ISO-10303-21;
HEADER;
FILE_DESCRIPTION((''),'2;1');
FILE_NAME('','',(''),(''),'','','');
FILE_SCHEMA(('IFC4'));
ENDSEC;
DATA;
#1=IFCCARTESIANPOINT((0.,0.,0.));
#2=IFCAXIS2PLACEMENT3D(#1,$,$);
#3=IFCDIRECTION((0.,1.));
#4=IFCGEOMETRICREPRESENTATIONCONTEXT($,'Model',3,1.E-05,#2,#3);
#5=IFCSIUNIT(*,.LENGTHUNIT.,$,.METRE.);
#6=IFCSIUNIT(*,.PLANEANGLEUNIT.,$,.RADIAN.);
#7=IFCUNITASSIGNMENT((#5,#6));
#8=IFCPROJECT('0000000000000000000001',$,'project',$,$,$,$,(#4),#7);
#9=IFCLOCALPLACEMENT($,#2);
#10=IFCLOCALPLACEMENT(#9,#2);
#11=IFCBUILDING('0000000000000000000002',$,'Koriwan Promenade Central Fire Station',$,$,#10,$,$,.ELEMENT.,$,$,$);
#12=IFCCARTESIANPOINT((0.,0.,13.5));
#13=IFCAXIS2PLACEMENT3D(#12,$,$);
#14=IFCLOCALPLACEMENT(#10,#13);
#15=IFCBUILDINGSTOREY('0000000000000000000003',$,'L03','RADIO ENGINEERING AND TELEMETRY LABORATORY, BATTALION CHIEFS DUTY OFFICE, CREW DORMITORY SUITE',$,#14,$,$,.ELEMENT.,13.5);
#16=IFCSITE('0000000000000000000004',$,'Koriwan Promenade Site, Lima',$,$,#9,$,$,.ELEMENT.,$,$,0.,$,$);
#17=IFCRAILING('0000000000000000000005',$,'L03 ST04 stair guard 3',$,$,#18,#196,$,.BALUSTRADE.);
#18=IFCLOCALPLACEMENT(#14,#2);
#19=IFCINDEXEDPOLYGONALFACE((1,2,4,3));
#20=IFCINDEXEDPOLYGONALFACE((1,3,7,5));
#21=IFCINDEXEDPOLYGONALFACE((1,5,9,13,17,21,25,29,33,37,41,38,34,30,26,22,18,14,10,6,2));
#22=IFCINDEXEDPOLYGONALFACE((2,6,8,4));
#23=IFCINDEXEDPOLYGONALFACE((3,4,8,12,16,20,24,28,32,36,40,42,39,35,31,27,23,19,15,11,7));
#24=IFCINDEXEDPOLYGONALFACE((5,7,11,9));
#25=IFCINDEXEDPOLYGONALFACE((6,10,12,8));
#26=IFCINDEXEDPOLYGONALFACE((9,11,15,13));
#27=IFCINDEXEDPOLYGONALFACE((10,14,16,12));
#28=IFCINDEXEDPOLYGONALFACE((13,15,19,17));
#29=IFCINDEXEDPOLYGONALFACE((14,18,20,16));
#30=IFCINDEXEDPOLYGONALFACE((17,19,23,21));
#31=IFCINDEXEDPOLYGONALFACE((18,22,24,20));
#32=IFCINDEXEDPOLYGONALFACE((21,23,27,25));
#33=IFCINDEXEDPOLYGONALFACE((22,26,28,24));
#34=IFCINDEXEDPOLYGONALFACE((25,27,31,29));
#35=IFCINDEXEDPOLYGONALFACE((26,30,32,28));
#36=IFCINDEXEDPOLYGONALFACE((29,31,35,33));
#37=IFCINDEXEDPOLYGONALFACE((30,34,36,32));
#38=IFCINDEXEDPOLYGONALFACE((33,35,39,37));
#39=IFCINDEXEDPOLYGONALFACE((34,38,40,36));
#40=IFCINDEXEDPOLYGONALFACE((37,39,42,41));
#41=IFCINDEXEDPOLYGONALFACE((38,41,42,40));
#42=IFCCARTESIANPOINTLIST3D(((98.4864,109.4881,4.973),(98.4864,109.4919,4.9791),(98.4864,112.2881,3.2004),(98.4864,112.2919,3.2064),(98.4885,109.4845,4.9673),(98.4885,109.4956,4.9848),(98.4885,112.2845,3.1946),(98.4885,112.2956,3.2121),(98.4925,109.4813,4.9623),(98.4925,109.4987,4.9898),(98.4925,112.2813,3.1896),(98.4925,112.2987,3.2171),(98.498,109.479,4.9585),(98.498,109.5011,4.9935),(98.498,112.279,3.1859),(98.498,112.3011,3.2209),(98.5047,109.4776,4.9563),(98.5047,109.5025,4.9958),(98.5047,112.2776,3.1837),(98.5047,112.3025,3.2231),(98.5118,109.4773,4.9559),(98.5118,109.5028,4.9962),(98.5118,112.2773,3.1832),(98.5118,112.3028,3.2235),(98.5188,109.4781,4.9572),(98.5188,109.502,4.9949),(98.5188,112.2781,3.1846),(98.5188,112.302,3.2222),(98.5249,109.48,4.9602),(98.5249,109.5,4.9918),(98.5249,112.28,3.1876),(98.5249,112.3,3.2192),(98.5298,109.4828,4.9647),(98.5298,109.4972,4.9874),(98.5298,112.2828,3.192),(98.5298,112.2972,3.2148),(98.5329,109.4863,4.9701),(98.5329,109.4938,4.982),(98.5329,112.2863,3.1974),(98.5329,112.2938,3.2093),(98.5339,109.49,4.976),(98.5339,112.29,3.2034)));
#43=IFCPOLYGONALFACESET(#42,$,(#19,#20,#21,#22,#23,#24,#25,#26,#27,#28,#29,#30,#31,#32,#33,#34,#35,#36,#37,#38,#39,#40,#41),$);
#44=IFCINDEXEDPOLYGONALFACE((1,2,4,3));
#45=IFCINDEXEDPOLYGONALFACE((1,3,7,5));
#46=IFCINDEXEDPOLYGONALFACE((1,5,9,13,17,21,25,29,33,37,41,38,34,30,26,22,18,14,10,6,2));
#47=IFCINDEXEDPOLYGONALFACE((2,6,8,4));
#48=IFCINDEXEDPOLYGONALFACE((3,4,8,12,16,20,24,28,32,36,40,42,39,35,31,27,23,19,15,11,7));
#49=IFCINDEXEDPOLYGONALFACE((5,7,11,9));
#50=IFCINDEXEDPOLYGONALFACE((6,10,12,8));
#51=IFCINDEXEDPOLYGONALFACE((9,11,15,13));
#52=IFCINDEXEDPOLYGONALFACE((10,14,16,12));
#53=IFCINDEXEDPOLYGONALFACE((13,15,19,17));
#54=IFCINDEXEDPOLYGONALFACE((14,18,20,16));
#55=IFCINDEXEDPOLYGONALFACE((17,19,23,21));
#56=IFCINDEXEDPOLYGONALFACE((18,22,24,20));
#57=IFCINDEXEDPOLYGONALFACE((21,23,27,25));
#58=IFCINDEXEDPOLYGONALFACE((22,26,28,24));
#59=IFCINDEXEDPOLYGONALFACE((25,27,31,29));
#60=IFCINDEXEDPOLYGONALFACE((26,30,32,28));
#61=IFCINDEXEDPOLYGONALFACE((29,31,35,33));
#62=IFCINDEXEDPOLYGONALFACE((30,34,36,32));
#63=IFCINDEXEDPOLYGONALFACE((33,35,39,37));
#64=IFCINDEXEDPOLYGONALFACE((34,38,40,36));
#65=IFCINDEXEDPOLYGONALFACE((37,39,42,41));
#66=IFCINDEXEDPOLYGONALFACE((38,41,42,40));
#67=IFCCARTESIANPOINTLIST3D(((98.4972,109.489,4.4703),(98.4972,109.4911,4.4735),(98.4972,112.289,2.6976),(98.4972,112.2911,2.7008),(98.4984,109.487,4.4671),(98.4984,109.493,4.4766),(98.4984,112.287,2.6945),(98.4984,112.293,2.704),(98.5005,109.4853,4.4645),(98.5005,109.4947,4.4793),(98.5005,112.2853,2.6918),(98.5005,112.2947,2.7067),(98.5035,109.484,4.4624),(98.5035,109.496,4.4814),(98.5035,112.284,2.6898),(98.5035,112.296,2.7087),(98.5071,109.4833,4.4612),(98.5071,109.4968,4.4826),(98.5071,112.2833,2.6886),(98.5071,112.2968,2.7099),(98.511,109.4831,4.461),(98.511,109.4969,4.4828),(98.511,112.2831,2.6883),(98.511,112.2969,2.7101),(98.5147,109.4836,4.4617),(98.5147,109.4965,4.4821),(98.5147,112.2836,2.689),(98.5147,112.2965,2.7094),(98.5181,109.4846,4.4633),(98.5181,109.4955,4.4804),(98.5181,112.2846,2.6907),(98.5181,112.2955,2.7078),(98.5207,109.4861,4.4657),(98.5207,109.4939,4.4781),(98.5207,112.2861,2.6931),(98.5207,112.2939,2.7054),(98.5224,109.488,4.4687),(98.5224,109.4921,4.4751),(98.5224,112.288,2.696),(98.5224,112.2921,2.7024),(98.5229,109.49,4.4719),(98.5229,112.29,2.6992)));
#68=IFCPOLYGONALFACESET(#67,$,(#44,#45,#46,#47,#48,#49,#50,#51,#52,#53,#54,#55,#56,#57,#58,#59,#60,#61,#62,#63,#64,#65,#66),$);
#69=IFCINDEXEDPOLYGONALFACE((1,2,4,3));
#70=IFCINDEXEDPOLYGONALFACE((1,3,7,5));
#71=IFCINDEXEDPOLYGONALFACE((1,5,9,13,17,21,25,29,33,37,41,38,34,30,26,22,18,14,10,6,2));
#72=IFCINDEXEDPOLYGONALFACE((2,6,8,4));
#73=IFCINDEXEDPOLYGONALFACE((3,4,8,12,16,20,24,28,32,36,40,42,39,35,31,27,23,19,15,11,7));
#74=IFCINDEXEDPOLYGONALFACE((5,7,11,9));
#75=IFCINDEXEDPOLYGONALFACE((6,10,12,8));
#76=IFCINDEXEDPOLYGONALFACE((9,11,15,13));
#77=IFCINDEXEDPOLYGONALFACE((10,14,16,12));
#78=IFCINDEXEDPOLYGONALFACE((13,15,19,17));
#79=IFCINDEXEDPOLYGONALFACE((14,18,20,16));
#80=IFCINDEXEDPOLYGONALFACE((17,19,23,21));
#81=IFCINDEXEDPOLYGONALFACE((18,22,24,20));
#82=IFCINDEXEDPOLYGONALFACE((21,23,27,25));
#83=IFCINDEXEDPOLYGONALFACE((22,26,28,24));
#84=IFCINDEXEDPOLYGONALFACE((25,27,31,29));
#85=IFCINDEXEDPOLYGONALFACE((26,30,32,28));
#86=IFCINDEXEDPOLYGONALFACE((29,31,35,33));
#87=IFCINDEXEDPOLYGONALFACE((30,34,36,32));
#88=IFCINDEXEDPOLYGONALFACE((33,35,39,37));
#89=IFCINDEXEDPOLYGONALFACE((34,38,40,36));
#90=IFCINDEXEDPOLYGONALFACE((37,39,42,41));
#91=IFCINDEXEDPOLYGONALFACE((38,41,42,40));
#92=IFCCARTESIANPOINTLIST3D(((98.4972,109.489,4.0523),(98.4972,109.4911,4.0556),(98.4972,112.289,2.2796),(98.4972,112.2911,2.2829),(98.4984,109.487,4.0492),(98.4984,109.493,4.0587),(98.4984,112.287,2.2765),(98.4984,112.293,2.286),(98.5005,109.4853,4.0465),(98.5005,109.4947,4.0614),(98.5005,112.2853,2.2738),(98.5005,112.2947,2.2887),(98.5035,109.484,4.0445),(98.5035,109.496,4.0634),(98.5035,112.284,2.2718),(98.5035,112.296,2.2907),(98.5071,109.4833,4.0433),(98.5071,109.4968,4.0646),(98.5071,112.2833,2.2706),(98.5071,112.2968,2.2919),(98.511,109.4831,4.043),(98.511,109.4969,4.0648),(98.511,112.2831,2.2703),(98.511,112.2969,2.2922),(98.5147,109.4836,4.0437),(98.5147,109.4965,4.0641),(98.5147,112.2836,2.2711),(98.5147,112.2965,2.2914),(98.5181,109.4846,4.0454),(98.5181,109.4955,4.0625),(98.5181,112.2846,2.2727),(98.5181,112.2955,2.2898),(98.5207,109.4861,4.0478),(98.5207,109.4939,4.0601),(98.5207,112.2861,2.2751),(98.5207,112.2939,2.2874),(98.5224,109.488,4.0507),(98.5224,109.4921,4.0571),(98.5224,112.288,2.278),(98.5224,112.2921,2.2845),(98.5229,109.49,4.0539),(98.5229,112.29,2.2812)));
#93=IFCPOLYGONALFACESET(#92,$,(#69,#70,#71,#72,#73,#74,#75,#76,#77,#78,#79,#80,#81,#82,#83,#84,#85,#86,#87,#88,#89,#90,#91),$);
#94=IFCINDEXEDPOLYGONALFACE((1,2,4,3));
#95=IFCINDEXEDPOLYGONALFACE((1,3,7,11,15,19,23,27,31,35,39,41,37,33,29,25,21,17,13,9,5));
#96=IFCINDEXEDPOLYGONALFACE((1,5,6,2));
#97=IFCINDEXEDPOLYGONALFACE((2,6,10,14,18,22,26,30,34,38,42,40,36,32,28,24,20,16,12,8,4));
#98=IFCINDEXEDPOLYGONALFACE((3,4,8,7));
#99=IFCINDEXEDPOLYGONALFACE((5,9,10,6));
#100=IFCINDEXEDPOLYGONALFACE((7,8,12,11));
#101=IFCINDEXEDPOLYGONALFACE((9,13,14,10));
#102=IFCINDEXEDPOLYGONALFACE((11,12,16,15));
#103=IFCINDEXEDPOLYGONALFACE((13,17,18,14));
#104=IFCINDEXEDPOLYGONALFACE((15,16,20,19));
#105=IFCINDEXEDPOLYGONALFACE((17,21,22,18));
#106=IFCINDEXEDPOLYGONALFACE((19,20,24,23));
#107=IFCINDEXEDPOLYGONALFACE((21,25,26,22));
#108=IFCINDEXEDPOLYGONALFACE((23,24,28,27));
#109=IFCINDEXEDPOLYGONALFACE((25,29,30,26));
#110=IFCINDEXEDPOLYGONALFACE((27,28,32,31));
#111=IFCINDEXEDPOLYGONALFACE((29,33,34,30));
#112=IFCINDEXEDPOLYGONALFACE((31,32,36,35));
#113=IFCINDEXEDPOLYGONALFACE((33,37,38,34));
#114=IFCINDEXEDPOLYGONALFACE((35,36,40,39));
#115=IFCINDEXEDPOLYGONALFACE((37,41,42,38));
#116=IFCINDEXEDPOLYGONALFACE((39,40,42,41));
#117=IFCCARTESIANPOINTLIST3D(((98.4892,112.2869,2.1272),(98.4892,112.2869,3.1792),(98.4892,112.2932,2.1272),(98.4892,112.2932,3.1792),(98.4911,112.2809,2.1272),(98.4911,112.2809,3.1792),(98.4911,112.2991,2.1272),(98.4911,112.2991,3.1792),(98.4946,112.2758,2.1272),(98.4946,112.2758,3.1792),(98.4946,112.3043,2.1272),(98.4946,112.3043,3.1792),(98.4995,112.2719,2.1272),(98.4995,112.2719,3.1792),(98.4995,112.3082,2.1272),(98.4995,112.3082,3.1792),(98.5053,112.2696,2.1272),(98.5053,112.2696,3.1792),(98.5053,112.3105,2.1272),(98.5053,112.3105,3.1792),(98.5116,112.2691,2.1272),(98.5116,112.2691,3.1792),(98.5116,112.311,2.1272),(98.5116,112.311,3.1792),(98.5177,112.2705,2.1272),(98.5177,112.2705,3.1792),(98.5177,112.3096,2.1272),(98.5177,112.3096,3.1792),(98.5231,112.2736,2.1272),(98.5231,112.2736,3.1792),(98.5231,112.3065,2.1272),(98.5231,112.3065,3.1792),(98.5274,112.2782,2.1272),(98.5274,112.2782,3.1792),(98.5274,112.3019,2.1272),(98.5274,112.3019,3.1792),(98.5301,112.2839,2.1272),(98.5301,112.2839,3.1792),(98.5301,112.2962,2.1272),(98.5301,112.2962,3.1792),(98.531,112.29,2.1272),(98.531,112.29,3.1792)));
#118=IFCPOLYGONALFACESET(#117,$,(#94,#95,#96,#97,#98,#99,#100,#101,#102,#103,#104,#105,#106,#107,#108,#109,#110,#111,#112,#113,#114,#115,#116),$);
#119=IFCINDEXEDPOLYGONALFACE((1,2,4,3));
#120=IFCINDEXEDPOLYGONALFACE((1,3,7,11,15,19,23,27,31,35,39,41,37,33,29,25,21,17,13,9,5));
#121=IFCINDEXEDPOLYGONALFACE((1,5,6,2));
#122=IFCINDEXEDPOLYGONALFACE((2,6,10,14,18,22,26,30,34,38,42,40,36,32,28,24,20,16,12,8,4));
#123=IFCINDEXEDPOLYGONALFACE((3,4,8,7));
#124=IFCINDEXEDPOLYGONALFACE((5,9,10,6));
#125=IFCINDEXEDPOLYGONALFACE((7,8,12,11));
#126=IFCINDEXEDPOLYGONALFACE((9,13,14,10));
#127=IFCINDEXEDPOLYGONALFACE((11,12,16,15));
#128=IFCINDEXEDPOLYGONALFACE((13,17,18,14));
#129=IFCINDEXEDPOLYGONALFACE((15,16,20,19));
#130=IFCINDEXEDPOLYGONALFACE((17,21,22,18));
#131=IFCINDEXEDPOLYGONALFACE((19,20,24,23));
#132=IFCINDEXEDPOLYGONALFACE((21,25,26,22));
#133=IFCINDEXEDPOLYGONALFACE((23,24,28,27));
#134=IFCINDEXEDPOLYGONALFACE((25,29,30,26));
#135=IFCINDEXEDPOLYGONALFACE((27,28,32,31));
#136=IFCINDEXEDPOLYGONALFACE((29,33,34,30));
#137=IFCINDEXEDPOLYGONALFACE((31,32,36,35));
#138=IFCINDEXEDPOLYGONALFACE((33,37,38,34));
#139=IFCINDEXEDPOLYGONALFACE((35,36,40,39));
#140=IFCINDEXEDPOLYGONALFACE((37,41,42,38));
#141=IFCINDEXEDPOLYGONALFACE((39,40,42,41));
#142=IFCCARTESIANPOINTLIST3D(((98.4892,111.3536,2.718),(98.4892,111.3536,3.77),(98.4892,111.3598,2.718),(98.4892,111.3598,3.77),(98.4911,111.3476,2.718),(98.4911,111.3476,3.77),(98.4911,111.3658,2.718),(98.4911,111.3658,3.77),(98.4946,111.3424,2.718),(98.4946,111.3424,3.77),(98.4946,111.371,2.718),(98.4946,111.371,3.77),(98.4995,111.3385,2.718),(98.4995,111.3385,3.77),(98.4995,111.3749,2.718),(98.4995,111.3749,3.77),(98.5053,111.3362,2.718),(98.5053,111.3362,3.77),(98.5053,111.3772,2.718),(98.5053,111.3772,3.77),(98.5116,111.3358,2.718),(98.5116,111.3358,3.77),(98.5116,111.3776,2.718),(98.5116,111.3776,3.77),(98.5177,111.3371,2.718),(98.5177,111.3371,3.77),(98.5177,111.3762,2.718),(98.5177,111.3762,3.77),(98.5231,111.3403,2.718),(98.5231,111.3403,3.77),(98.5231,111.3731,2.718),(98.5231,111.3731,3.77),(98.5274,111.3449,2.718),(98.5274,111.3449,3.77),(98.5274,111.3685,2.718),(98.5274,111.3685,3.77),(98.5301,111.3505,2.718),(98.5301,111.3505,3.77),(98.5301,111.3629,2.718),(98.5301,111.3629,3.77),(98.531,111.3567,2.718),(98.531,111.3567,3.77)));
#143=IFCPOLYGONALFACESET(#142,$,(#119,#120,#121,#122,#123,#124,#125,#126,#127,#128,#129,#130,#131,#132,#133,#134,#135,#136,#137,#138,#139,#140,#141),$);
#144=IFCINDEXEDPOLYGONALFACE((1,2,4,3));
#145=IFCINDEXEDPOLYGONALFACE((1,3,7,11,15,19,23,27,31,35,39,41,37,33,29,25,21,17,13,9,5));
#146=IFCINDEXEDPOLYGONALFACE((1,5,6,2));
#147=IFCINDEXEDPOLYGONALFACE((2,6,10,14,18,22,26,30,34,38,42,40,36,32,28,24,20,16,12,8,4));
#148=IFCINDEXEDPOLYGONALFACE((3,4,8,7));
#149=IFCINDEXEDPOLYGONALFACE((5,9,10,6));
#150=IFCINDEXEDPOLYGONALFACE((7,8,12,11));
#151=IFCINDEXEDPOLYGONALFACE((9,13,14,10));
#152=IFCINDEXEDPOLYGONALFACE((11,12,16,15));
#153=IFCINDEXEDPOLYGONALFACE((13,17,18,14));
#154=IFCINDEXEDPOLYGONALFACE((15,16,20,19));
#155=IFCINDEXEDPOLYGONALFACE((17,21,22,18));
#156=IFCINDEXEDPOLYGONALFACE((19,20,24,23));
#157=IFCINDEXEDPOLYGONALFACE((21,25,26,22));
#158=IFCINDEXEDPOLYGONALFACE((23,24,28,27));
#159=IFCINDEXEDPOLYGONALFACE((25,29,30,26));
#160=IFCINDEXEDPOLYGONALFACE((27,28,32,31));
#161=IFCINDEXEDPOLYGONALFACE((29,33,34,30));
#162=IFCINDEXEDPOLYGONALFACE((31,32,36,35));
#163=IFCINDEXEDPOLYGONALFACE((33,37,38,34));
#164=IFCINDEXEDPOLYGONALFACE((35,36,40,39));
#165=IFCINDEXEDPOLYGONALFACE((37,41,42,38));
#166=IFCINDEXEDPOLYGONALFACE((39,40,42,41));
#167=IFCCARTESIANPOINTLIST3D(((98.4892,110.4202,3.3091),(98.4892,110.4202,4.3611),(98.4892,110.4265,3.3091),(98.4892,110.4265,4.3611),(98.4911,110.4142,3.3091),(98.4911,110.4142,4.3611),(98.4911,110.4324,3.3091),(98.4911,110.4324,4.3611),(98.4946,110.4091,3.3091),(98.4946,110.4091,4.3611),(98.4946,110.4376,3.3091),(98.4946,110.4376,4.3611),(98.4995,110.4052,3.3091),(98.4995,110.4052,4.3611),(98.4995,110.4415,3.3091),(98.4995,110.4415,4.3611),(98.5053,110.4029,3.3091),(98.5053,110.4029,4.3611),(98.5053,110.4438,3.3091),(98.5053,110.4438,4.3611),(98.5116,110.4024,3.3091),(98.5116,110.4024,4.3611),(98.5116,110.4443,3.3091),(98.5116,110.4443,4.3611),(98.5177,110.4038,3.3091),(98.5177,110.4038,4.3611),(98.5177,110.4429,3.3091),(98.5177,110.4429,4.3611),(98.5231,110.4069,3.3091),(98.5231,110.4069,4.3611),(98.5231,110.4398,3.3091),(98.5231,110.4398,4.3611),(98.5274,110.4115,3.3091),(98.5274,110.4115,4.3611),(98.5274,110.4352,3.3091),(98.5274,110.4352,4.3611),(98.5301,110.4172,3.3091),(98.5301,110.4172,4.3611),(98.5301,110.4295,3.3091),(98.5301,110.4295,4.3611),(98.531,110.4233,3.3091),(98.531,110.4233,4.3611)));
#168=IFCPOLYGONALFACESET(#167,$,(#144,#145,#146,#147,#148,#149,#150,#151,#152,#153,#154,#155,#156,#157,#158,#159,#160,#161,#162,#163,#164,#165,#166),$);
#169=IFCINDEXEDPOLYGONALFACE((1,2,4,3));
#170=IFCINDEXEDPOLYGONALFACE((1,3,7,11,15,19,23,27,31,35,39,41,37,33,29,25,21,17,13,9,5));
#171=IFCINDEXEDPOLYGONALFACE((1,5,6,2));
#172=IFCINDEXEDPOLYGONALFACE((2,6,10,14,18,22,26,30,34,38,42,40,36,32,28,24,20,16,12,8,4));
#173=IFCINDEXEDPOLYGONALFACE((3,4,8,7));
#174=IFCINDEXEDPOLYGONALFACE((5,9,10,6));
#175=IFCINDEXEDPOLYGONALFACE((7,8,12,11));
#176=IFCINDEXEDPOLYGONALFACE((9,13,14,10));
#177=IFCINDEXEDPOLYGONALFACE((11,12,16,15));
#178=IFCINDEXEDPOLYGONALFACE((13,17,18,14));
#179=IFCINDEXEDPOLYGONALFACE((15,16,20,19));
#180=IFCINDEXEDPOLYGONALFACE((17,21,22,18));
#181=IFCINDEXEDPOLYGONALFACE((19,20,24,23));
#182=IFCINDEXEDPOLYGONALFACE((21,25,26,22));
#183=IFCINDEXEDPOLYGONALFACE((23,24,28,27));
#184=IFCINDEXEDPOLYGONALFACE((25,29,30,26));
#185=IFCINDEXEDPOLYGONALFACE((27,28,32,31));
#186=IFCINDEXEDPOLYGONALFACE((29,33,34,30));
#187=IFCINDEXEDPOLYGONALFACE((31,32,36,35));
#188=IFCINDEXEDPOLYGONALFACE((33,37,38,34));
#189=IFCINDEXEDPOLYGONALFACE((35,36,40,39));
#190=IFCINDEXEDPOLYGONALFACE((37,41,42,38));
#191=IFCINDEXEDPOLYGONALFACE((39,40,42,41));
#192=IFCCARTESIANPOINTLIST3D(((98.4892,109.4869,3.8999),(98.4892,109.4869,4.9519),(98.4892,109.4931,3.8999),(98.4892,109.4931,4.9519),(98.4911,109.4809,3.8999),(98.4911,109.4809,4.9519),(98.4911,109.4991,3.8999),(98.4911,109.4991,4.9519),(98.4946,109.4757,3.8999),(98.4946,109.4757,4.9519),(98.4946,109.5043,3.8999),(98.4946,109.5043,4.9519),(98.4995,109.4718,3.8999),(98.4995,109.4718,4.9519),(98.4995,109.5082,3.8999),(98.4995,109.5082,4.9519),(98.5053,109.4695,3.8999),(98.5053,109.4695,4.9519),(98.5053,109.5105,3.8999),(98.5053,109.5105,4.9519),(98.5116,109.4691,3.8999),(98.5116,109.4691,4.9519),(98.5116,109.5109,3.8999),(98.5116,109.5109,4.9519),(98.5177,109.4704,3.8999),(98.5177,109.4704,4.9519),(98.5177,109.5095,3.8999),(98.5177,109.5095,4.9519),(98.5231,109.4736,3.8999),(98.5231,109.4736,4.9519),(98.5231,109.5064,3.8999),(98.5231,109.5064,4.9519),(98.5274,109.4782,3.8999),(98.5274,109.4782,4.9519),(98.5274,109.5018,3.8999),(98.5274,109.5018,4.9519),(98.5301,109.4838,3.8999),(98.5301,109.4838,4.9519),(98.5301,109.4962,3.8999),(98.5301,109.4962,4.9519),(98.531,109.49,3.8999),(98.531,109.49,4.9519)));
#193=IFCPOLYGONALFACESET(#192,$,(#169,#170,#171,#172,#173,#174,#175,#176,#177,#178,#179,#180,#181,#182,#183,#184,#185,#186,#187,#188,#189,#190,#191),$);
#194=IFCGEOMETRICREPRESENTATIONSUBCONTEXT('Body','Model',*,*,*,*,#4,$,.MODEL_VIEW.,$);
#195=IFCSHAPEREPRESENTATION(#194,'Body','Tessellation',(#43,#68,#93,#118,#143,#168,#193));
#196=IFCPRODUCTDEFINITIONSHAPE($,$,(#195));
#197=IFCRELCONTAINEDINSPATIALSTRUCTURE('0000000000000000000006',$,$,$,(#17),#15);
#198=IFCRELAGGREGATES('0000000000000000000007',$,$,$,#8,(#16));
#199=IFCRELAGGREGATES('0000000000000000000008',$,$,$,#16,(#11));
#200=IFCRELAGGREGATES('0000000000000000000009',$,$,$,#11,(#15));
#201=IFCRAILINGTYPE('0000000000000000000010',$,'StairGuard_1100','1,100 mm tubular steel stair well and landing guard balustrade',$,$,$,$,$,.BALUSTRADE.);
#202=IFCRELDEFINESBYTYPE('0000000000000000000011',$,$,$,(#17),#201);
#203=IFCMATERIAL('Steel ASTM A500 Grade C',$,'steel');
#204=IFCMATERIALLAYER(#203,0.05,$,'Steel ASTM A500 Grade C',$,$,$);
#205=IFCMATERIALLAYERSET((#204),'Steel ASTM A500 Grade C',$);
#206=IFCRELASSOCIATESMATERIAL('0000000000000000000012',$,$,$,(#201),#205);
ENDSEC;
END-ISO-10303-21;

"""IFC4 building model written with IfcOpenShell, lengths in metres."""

from ifc_helpers import new_model, si_unit, direction, frame, origin, origin_2d, place, context, subcontext, project, spatial, circle, extrude, material, layer, layer_set, type_object, element, save


model = new_model("IFC4")

# Units and contexts
model_context = context("Model", 3, precision=1e-05, world=origin(), true_north=direction((0.0, 1.0)))
body_context = subcontext(model_context, "Body", "Model", "MODEL_VIEW")
ifc_project = project(units=[si_unit("LENGTHUNIT", "METRE"), si_unit("PLANEANGLEUNIT", "RADIAN")], contexts=[model_context])

# Site, building, storey
site_placement = place(None, origin())
site = spatial("IfcSite", under=ifc_project, at=site_placement, Name="Koriwan Promenade Site, Lima", CompositionType="ELEMENT", RefElevation=0.0)
building_placement = place(site_placement, origin())
building = spatial("IfcBuilding", under=site, at=building_placement, Name="Koriwan Promenade Central Fire Station", CompositionType="ELEMENT")
storey_placement = place(building_placement, frame((0.0, 0.0, 13.5)))
storey = spatial("IfcBuildingStorey", under=building, at=storey_placement, Name="L03", Description="RADIO ENGINEERING AND TELEMETRY LABORATORY, BATTALION CHIEFS DUTY OFFICE, CREW DORMITORY SUITE", CompositionType="ELEMENT", Elevation=13.5)

# Railing
ifc_material_1 = material(Name="Steel ASTM A500 Grade C", Category="steel")
ifc_layer_1 = layer(ifc_material_1, 0.05, Name="Steel ASTM A500 Grade C")
ifc_layer_set_1 = layer_set([ifc_layer_1], Name="Steel ASTM A500 Grade C")
railing_type_1 = type_object("IfcRailingType", Name="StairGuard_1100", Description="1,100 mm tubular steel stair well and landing guard balustrade", PredefinedType="BALUSTRADE", material=ifc_layer_set_1)
railing_1_placement = place(storey_placement, frame((98.51, 112.29, 2.1272)))
element("IfcRailing", 1, at=railing_1_placement, inside=storey, type_object=railing_type_1, Name="L03 ST04 stair guard 3", PredefinedType="BALUSTRADE", context=body_context, shape_type="SweptSolid", body=[
    extrude(circle(Radius=0.0239, at=origin_2d()), frame((0.0, 0.0, 1.0762), z_axis=(0.0, -0.844909, 0.53491), x_axis=(1.0, 0.0, 0.0)), (0.0, 0.0, 1.0), 3.314),
    extrude(circle(Radius=0.0129, at=origin_2d()), frame((0.0, 0.0, 0.572), z_axis=(0.0, -0.844909, 0.53491), x_axis=(1.0, 0.0, 0.0)), (0.0, 0.0, 1.0), 3.314),
    extrude(circle(Radius=0.0129, at=origin_2d()), frame((0.0, 0.0, 0.1541), z_axis=(0.0, -0.844909, 0.53491), x_axis=(1.0, 0.0, 0.0)), (0.0, 0.0, 1.0), 3.314),
    extrude(circle(Radius=0.021, at=origin_2d()), origin(), (0.0, 0.0, 1.0), 1.052),
    extrude(circle(Radius=0.021, at=origin_2d()), frame((0.0, -0.9333, 0.5908)), (0.0, 0.0, 1.0), 1.052),
    extrude(circle(Radius=0.021, at=origin_2d()), frame((0.0, -1.8667, 1.1819)), (0.0, 0.0, 1.0), 1.052),
    extrude(circle(Radius=0.021, at=origin_2d()), frame((0.0, -2.8, 1.7727)), (0.0, 0.0, 1.0), 1.052),
])

save(model, "model.ifc")
